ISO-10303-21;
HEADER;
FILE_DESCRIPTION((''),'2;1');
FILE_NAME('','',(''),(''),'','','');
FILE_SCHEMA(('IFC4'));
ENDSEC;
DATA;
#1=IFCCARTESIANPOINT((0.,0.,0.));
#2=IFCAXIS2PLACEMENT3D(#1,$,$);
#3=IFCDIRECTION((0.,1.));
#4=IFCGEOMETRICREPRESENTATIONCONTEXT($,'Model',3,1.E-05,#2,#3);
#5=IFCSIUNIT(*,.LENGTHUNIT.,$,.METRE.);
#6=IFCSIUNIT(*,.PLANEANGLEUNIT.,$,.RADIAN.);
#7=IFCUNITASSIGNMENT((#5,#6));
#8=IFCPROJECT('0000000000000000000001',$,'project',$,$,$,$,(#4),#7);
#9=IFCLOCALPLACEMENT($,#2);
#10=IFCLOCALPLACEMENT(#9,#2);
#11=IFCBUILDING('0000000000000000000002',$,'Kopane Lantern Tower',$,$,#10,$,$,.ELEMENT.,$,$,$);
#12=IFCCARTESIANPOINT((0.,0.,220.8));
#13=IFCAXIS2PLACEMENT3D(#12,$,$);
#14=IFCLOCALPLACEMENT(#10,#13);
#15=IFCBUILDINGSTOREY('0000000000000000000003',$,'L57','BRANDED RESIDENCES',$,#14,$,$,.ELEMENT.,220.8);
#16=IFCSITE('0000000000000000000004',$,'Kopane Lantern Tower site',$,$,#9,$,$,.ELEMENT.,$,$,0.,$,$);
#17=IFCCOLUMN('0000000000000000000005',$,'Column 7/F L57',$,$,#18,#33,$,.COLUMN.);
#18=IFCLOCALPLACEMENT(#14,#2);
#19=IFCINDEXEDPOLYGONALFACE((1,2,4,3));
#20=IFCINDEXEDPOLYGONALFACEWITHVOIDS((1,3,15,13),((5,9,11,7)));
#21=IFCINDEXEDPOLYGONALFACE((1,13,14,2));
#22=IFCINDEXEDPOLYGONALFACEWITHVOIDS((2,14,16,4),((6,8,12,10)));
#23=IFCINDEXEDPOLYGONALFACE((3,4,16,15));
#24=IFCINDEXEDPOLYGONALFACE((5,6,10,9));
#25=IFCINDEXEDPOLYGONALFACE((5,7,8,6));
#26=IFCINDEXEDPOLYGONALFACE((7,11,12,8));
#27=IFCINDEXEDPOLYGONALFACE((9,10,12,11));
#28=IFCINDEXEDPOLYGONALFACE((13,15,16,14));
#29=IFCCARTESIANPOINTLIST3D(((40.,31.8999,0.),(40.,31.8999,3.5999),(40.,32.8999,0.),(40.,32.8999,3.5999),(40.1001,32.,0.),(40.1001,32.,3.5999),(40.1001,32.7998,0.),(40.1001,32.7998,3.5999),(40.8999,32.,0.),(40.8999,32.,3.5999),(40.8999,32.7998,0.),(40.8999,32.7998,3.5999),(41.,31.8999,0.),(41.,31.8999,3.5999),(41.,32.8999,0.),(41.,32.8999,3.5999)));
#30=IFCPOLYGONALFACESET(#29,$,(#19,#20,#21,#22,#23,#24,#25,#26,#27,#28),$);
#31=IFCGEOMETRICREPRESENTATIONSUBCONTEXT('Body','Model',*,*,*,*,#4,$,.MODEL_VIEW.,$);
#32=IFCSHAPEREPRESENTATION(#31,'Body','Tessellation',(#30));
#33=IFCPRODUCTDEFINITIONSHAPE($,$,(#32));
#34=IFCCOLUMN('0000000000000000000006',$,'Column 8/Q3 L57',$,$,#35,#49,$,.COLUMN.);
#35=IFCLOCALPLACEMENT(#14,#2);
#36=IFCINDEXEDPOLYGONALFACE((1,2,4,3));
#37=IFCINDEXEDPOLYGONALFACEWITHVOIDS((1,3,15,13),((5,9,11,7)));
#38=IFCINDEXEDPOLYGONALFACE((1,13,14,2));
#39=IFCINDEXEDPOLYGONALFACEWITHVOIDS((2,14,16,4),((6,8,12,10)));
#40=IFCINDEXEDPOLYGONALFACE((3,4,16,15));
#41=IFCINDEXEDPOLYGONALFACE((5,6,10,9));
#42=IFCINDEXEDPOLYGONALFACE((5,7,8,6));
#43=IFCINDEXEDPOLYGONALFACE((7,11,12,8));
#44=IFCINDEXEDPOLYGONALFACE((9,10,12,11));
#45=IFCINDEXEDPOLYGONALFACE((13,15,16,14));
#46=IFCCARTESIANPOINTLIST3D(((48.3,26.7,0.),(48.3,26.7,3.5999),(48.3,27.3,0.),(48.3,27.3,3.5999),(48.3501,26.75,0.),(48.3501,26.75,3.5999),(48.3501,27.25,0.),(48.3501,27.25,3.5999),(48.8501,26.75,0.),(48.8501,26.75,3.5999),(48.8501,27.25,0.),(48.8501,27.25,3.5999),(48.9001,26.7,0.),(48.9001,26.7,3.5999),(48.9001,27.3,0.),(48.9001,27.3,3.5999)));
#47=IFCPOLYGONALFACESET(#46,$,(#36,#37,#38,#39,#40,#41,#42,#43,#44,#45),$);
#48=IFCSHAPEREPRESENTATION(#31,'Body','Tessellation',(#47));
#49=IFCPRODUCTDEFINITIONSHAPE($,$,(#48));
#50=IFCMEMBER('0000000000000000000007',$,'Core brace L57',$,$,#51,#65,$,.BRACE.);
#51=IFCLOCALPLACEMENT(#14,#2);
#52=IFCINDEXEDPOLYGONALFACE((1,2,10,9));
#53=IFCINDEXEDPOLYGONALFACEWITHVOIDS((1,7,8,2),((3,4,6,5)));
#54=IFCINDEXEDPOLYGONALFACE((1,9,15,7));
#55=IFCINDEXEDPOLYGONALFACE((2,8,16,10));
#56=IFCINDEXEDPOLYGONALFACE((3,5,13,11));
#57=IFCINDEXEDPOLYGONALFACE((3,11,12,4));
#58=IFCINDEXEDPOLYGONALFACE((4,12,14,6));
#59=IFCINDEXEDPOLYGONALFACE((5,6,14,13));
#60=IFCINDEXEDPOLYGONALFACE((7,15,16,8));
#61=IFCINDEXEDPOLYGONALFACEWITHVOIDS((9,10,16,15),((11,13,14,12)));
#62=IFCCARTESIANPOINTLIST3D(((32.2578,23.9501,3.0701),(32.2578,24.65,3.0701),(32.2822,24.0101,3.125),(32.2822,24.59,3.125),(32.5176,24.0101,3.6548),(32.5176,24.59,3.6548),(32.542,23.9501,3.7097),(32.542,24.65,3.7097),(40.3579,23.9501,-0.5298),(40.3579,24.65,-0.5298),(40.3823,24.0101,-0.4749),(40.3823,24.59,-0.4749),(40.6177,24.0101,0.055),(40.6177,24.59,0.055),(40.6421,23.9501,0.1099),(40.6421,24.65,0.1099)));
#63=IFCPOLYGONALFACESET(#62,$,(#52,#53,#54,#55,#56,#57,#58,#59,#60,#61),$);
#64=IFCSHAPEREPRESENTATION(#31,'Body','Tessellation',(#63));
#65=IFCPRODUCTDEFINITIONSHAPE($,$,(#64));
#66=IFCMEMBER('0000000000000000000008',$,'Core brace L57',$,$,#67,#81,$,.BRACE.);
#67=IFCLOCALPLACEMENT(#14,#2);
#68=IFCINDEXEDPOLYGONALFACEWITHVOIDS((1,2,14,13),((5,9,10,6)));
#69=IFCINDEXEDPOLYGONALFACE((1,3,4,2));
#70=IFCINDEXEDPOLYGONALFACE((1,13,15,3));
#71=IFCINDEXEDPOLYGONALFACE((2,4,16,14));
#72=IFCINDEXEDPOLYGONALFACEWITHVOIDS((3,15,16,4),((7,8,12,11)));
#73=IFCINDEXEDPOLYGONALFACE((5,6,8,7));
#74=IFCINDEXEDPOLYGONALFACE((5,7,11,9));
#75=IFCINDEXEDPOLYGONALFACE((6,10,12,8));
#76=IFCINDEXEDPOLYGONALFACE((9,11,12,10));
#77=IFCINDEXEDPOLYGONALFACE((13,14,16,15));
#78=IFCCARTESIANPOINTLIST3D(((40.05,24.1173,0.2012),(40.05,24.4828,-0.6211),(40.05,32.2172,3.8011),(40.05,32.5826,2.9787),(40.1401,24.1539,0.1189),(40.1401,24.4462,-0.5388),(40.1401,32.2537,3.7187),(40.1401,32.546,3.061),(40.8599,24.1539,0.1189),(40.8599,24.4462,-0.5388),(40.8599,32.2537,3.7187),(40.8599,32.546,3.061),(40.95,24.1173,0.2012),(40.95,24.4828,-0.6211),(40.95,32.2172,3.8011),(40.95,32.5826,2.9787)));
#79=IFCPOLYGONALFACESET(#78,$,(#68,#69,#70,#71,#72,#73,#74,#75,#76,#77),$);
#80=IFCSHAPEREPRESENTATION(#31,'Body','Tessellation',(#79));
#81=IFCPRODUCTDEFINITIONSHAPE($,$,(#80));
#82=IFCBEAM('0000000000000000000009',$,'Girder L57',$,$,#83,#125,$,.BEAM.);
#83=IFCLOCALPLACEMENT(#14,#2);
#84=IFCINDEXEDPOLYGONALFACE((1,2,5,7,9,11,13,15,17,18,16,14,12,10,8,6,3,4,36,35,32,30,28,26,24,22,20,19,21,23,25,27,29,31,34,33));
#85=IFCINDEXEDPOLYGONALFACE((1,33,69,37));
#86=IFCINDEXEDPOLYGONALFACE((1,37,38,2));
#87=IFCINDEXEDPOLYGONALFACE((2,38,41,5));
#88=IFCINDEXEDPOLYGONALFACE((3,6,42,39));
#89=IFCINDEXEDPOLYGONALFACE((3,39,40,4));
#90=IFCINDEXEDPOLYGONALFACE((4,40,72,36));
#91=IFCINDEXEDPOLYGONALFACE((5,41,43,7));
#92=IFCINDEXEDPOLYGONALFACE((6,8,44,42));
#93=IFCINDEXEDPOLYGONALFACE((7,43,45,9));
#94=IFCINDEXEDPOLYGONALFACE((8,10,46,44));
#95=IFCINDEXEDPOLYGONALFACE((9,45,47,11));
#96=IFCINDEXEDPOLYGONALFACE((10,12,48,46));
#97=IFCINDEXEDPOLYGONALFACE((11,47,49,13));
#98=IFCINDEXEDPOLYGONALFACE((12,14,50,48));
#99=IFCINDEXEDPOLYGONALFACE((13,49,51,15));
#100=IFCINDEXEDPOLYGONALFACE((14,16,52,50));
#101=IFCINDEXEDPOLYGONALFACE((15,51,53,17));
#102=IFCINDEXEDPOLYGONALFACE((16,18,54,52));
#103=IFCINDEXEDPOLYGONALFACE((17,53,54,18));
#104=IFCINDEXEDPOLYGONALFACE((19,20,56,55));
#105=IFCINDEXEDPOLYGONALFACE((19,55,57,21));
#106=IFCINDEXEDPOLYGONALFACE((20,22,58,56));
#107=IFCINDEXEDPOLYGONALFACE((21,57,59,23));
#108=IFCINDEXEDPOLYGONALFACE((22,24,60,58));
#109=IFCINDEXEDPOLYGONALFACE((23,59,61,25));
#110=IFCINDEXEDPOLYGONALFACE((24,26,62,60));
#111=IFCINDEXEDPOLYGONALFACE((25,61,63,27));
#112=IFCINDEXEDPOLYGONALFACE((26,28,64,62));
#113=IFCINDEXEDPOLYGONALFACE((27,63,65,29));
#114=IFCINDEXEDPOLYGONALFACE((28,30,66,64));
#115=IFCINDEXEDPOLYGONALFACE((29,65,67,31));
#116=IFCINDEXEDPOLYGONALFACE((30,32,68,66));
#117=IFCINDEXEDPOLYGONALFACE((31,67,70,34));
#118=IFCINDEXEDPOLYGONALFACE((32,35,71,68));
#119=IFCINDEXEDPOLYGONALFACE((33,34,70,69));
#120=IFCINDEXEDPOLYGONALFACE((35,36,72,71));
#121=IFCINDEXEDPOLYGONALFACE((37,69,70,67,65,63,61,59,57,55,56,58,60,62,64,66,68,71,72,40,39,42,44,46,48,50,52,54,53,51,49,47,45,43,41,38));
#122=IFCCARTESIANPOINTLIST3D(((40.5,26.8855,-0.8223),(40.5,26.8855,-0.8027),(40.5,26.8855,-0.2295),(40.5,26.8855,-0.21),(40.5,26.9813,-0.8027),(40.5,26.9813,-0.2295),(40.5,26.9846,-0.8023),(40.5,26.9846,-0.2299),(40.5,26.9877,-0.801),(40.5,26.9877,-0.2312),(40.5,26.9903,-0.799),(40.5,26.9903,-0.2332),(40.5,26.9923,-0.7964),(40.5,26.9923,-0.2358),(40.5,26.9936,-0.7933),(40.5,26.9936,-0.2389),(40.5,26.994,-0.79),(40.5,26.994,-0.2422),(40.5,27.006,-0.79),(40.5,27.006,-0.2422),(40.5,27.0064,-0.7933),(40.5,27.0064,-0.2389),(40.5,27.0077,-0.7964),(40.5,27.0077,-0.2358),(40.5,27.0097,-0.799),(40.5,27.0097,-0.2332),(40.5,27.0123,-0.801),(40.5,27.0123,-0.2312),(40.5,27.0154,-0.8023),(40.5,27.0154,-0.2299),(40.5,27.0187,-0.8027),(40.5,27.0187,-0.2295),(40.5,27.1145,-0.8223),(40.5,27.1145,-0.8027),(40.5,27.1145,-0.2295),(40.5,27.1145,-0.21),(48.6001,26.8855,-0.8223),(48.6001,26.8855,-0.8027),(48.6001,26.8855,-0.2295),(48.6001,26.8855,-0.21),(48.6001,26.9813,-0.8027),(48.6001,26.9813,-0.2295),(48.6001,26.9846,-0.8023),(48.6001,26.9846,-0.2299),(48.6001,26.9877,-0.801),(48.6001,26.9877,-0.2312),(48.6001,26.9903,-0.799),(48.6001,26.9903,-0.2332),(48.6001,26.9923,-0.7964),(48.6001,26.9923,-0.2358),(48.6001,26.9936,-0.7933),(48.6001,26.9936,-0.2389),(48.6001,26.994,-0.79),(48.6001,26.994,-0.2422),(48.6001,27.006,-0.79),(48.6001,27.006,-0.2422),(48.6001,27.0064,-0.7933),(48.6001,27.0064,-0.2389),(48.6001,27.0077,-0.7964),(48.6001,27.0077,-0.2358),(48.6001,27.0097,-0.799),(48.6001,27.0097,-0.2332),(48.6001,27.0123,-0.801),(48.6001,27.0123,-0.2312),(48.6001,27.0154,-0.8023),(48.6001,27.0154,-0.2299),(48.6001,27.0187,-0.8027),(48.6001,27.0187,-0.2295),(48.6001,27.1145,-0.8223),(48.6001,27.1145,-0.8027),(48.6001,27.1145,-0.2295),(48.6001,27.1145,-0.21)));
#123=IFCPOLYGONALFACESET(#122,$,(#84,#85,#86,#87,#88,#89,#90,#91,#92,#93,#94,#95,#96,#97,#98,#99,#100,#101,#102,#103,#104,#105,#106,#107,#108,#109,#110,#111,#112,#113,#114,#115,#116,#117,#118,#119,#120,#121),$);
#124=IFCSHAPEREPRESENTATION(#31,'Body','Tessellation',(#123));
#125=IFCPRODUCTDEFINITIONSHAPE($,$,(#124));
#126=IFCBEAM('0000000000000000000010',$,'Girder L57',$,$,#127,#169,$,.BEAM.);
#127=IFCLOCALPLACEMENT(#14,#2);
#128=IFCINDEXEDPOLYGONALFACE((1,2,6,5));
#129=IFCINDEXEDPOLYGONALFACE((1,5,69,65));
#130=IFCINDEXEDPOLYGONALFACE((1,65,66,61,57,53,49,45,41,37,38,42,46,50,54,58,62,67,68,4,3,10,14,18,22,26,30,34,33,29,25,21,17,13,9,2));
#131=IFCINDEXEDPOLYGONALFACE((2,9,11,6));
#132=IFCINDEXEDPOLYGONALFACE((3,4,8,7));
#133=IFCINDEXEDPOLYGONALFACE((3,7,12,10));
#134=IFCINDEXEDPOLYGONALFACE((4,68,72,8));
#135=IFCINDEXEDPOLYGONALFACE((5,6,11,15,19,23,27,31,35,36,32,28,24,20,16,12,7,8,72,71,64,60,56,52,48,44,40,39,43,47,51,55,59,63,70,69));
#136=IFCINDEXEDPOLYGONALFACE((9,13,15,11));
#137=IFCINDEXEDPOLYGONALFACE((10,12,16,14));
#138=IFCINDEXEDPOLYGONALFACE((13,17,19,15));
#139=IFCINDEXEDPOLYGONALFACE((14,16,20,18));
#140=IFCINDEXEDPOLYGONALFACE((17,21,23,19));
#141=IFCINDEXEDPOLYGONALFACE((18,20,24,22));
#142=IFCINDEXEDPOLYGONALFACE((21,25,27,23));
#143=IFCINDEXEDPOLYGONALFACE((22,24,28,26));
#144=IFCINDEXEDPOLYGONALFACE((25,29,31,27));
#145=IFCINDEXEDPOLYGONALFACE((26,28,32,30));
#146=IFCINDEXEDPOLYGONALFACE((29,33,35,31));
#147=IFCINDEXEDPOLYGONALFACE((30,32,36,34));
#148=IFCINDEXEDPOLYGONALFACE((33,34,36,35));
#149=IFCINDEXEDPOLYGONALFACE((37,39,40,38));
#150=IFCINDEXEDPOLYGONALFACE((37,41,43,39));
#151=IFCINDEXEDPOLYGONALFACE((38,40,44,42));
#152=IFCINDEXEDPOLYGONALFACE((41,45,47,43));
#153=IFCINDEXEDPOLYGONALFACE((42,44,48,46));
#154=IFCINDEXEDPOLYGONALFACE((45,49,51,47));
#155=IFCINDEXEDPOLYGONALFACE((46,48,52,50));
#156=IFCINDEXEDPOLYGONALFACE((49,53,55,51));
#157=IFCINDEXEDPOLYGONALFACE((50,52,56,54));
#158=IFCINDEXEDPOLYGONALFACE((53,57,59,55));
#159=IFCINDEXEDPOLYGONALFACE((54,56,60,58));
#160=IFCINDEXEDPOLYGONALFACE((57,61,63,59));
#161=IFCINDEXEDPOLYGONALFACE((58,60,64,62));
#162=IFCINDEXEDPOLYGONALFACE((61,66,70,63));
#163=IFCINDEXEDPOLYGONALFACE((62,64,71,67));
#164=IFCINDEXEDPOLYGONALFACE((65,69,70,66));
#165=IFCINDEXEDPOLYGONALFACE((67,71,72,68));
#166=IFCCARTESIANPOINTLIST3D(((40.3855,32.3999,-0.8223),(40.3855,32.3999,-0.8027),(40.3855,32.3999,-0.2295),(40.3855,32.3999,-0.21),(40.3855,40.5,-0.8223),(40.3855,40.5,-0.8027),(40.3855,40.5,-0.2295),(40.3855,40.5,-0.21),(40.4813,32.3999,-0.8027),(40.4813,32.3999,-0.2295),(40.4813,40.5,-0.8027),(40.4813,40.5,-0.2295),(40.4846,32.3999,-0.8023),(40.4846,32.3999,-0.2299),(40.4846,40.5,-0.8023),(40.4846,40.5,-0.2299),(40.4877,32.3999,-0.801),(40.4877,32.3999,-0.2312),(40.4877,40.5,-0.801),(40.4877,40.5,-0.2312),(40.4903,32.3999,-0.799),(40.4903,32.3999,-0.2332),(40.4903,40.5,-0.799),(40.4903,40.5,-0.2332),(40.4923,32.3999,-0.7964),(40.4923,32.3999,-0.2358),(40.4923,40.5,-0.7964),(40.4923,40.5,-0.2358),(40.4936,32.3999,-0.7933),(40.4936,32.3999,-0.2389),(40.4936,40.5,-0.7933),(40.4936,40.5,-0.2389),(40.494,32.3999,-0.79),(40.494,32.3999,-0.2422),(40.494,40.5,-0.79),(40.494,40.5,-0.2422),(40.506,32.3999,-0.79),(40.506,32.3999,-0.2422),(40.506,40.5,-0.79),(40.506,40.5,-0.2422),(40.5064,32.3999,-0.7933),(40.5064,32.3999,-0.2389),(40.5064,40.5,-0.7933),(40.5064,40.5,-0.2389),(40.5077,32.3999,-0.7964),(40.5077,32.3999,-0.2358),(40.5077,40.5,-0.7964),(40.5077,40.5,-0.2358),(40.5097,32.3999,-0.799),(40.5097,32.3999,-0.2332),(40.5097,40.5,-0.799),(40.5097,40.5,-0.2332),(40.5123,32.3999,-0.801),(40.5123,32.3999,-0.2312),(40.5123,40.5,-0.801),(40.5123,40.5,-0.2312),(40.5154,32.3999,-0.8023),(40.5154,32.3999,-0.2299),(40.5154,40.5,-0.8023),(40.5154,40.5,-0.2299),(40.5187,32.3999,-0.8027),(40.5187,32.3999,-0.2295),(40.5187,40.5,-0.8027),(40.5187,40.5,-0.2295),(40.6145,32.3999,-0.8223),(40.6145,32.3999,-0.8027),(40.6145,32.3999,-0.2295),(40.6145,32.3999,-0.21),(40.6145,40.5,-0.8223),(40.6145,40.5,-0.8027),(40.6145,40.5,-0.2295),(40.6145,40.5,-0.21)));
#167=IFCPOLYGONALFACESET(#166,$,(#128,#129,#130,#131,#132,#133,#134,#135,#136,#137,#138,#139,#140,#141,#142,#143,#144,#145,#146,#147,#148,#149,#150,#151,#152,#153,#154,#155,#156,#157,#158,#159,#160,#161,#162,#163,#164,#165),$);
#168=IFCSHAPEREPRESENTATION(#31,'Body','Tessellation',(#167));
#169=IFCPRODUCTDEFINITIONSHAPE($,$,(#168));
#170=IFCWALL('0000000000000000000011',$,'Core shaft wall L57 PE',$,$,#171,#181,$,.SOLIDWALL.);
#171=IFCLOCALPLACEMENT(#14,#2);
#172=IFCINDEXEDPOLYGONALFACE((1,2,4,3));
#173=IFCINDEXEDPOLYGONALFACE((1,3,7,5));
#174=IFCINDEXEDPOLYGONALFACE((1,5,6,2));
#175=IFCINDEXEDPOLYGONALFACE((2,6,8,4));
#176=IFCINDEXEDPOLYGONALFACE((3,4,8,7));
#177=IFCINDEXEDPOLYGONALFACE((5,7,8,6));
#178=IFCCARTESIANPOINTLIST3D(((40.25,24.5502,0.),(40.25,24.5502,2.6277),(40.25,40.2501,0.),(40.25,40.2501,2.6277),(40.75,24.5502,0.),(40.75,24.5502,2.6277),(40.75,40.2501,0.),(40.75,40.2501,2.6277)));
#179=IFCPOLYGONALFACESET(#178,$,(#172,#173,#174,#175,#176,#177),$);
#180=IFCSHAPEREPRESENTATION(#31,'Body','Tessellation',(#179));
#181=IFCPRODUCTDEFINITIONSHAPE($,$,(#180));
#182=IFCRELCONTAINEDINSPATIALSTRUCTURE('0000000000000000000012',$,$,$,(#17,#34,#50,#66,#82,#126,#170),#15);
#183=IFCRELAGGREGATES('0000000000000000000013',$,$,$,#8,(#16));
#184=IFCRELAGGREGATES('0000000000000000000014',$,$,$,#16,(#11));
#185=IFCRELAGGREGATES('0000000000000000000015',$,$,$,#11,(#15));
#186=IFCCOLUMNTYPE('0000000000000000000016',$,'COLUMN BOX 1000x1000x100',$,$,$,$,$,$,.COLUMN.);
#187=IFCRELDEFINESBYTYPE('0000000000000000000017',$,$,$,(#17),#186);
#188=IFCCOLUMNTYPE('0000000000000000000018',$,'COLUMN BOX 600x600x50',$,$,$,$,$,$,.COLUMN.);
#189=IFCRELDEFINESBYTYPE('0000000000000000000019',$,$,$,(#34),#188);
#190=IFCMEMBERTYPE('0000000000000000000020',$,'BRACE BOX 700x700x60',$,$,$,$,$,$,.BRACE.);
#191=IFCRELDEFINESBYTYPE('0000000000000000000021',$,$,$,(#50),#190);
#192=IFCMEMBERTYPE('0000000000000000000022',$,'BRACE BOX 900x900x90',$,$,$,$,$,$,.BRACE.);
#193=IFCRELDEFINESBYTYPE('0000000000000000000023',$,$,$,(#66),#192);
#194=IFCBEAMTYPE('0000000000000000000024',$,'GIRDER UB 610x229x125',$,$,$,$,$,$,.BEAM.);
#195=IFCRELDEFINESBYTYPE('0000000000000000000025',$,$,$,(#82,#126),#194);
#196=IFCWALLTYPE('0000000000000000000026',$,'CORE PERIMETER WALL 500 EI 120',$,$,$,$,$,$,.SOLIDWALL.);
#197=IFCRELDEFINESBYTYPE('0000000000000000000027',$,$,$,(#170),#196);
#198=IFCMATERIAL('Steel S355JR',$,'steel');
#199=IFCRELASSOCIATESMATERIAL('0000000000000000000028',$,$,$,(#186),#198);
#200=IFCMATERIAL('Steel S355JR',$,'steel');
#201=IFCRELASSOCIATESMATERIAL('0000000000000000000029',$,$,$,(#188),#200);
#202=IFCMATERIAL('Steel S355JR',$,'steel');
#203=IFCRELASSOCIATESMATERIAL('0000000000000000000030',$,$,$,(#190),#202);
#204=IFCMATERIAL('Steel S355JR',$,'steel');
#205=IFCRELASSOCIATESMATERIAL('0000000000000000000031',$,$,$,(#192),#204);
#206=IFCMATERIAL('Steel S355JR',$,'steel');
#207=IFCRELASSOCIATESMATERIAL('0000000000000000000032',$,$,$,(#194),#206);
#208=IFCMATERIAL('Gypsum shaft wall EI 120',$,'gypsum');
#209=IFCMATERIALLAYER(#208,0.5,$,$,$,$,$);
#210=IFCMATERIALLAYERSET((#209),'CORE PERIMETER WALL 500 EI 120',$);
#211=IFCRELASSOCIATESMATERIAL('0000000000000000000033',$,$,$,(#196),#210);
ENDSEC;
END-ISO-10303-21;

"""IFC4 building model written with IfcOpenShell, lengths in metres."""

from ifc_helpers import new_model, si_unit, direction, frame, frame_2d, origin, origin_2d, place, context, subcontext, project, spatial, rectangle, hollow_rectangle, i_section, extrude, material, layer, layer_set, material_profile, profile_set, type_object, element, save


model = new_model("IFC4")

# Units and contexts
model_context = context("Model", 3, precision=1e-05, world=origin(), true_north=direction((0.0, 1.0)))
body_context = subcontext(model_context, "Body", "Model", "MODEL_VIEW")
ifc_project = project(units=[si_unit("LENGTHUNIT", "METRE"), si_unit("PLANEANGLEUNIT", "RADIAN")], contexts=[model_context])

# Site, building, storey
site_placement = place(None, origin())
site = spatial("IfcSite", under=ifc_project, at=site_placement, Name="Kopane Lantern Tower site", CompositionType="ELEMENT", RefElevation=0.0)
building_placement = place(site_placement, origin())
building = spatial("IfcBuilding", under=site, at=building_placement, Name="Kopane Lantern Tower", CompositionType="ELEMENT")
storey_placement = place(building_placement, frame((0.0, 0.0, 220.8)))
storey = spatial("IfcBuildingStorey", under=building, at=storey_placement, Name="L57", Description="BRANDED RESIDENCES", CompositionType="ELEMENT", Elevation=220.8)

# Columns
ifc_material_1 = material(Name="Steel S355JR", Category="steel")
ifc_material_profile_1 = material_profile(ifc_material_1, hollow_rectangle(XDim=1.0, YDim=1.0, WallThickness=0.1001, at=origin_2d()), Name="BOX 1000x1000x100")
ifc_profile_set_1 = profile_set([ifc_material_profile_1], Name="Steel S355JR")
column_type_1 = type_object("IfcColumnType", Name="COLUMN BOX 1000x1000x100", PredefinedType="COLUMN", material=ifc_profile_set_1)
column_1_placement = place(storey_placement, frame((40.5, 32.3999, 0.0), z_axis=(0.0, 0.0, 1.0), x_axis=(1.0, 0.0, 0.0)))
element("IfcColumn", 1, at=column_1_placement, inside=storey, type_object=column_type_1, Name="Column 7/F L57", PredefinedType="COLUMN", context=body_context, shape_type="SweptSolid", body=[
    extrude(hollow_rectangle(XDim=1.0, YDim=1.0, WallThickness=0.1001, at=origin_2d()), origin(), (0.0, 0.0, 1.0), 3.5999),
])
ifc_material_2 = material(Name="Steel S355JR", Category="steel")
ifc_material_profile_2 = material_profile(ifc_material_2, hollow_rectangle(XDim=0.6001, YDim=0.6001, WallThickness=0.05, at=origin_2d()), Name="BOX 600x600x50")
ifc_profile_set_2 = profile_set([ifc_material_profile_2], Name="Steel S355JR")
column_type_2 = type_object("IfcColumnType", Name="COLUMN BOX 600x600x50", PredefinedType="COLUMN", material=ifc_profile_set_2)
column_2_placement = place(storey_placement, frame((48.6001, 27.0, 0.0), z_axis=(0.0, 0.0, 1.0), x_axis=(1.0, 0.0, 0.0)))
element("IfcColumn", 2, at=column_2_placement, inside=storey, type_object=column_type_2, Name="Column 8/Q3 L57", PredefinedType="COLUMN", context=body_context, shape_type="SweptSolid", body=[
    extrude(hollow_rectangle(XDim=0.6001, YDim=0.6001, WallThickness=0.05, at=origin_2d()), origin(), (0.0, 0.0, 1.0), 3.5999),
])

# Members
ifc_material_3 = material(Name="Steel S355JR", Category="steel")
ifc_material_profile_3 = material_profile(ifc_material_3, hollow_rectangle(XDim=0.7, YDim=0.7, WallThickness=0.0601, at=origin_2d()), Name="BOX 700x700x60")
ifc_profile_set_3 = profile_set([ifc_material_profile_3], Name="Steel S355JR")
member_type_1 = type_object("IfcMemberType", Name="BRACE BOX 700x700x60", PredefinedType="BRACE", material=ifc_profile_set_3)
member_1_placement = place(storey_placement, frame((40.5, 24.3, -0.21), z_axis=(-0.913819, 0.0, 0.406121), x_axis=(0.0, -1.0, 0.0)))
element("IfcMember", 3, at=member_1_placement, inside=storey, type_object=member_type_1, Name="Core brace L57", PredefinedType="BRACE", context=body_context, shape_type="SweptSolid", body=[
    extrude(hollow_rectangle(XDim=0.7, YDim=0.7, WallThickness=0.0601, at=origin_2d()), origin(), (0.0, 0.0, 1.0), 8.864),
])
ifc_material_4 = material(Name="Steel S355JR", Category="steel")
ifc_material_profile_4 = material_profile(ifc_material_4, hollow_rectangle(XDim=0.8999, YDim=0.8999, WallThickness=0.0901, at=origin_2d()), Name="BOX 900x900x90")
ifc_profile_set_4 = profile_set([ifc_material_profile_4], Name="Steel S355JR")
member_type_2 = type_object("IfcMemberType", Name="BRACE BOX 900x900x90", PredefinedType="BRACE", material=ifc_profile_set_4)
member_2_placement = place(storey_placement, frame((40.5, 24.3, -0.21), z_axis=(0.0, 0.913815, 0.406131), x_axis=(-1.0, 0.0, 0.0)))
element("IfcMember", 4, at=member_2_placement, inside=storey, type_object=member_type_2, Name="Core brace L57", PredefinedType="BRACE", context=body_context, shape_type="SweptSolid", body=[
    extrude(hollow_rectangle(XDim=0.8999, YDim=0.8999, WallThickness=0.0901, at=origin_2d()), origin(), (0.0, 0.0, 1.0), 8.8638),
])

# Beams
ifc_material_5 = material(Name="Steel S355JR", Category="steel")
ifc_material_profile_5 = material_profile(ifc_material_5, i_section(OverallWidth=0.229, OverallDepth=0.6123, WebThickness=0.012, FlangeThickness=0.0195, FilletRadius=0.0127, at=origin_2d()), Name="UB 610x229x125")
ifc_profile_set_5 = profile_set([ifc_material_profile_5], Name="Steel S355JR")
beam_type = type_object("IfcBeamType", Name="GIRDER UB 610x229x125", PredefinedType="BEAM", material=ifc_profile_set_5)
for number, where, z_axis, x_axis, name in (
    (5, (40.5, 27.0, -0.5161), (1.0, 0.0, 0.0), (0.0, 1.0, 0.0), "Girder L57"),
    (6, (40.5, 32.3999, -0.5161), (0.0, 1.0, 0.0), (-1.0, 0.0, 0.0), "Girder L57"),
):
    element("IfcBeam", number, at=place(storey_placement, frame(where, z_axis=z_axis, x_axis=x_axis)), inside=storey, type_object=beam_type, Name=name, PredefinedType="BEAM", context=body_context, shape_type="SweptSolid", body=[
        extrude(i_section(OverallWidth=0.229, OverallDepth=0.6123, WebThickness=0.012, FlangeThickness=0.0195, FilletRadius=0.0127, at=origin_2d()), origin(), (0.0, 0.0, 1.0), 8.1001),
    ])

# Wall
ifc_material_6 = material(Name="Gypsum shaft wall EI 120", Category="gypsum")
ifc_layer_1 = layer(ifc_material_6, 0.5)
ifc_layer_set_1 = layer_set([ifc_layer_1], Name="CORE PERIMETER WALL 500 EI 120")
wall_type_1 = type_object("IfcWallType", Name="CORE PERIMETER WALL 500 EI 120", PredefinedType="SOLIDWALL", material=ifc_layer_set_1)
wall_1_placement = place(storey_placement, frame((40.5, 24.55, 0.0), z_axis=(0.0, 0.0, 1.0), x_axis=(0.0, 1.0, 0.0)))
element("IfcWall", 7, at=wall_1_placement, inside=storey, type_object=wall_type_1, Name="Core shaft wall L57 PE", PredefinedType="SOLIDWALL", context=body_context, shape_type="SweptSolid", body=[
    extrude(rectangle(XDim=15.7, YDim=0.5, at=frame_2d((7.8501, 0.0))), origin(), (0.0, 0.0, 1.0), 2.6277),
])

save(model, "model.ifc")
